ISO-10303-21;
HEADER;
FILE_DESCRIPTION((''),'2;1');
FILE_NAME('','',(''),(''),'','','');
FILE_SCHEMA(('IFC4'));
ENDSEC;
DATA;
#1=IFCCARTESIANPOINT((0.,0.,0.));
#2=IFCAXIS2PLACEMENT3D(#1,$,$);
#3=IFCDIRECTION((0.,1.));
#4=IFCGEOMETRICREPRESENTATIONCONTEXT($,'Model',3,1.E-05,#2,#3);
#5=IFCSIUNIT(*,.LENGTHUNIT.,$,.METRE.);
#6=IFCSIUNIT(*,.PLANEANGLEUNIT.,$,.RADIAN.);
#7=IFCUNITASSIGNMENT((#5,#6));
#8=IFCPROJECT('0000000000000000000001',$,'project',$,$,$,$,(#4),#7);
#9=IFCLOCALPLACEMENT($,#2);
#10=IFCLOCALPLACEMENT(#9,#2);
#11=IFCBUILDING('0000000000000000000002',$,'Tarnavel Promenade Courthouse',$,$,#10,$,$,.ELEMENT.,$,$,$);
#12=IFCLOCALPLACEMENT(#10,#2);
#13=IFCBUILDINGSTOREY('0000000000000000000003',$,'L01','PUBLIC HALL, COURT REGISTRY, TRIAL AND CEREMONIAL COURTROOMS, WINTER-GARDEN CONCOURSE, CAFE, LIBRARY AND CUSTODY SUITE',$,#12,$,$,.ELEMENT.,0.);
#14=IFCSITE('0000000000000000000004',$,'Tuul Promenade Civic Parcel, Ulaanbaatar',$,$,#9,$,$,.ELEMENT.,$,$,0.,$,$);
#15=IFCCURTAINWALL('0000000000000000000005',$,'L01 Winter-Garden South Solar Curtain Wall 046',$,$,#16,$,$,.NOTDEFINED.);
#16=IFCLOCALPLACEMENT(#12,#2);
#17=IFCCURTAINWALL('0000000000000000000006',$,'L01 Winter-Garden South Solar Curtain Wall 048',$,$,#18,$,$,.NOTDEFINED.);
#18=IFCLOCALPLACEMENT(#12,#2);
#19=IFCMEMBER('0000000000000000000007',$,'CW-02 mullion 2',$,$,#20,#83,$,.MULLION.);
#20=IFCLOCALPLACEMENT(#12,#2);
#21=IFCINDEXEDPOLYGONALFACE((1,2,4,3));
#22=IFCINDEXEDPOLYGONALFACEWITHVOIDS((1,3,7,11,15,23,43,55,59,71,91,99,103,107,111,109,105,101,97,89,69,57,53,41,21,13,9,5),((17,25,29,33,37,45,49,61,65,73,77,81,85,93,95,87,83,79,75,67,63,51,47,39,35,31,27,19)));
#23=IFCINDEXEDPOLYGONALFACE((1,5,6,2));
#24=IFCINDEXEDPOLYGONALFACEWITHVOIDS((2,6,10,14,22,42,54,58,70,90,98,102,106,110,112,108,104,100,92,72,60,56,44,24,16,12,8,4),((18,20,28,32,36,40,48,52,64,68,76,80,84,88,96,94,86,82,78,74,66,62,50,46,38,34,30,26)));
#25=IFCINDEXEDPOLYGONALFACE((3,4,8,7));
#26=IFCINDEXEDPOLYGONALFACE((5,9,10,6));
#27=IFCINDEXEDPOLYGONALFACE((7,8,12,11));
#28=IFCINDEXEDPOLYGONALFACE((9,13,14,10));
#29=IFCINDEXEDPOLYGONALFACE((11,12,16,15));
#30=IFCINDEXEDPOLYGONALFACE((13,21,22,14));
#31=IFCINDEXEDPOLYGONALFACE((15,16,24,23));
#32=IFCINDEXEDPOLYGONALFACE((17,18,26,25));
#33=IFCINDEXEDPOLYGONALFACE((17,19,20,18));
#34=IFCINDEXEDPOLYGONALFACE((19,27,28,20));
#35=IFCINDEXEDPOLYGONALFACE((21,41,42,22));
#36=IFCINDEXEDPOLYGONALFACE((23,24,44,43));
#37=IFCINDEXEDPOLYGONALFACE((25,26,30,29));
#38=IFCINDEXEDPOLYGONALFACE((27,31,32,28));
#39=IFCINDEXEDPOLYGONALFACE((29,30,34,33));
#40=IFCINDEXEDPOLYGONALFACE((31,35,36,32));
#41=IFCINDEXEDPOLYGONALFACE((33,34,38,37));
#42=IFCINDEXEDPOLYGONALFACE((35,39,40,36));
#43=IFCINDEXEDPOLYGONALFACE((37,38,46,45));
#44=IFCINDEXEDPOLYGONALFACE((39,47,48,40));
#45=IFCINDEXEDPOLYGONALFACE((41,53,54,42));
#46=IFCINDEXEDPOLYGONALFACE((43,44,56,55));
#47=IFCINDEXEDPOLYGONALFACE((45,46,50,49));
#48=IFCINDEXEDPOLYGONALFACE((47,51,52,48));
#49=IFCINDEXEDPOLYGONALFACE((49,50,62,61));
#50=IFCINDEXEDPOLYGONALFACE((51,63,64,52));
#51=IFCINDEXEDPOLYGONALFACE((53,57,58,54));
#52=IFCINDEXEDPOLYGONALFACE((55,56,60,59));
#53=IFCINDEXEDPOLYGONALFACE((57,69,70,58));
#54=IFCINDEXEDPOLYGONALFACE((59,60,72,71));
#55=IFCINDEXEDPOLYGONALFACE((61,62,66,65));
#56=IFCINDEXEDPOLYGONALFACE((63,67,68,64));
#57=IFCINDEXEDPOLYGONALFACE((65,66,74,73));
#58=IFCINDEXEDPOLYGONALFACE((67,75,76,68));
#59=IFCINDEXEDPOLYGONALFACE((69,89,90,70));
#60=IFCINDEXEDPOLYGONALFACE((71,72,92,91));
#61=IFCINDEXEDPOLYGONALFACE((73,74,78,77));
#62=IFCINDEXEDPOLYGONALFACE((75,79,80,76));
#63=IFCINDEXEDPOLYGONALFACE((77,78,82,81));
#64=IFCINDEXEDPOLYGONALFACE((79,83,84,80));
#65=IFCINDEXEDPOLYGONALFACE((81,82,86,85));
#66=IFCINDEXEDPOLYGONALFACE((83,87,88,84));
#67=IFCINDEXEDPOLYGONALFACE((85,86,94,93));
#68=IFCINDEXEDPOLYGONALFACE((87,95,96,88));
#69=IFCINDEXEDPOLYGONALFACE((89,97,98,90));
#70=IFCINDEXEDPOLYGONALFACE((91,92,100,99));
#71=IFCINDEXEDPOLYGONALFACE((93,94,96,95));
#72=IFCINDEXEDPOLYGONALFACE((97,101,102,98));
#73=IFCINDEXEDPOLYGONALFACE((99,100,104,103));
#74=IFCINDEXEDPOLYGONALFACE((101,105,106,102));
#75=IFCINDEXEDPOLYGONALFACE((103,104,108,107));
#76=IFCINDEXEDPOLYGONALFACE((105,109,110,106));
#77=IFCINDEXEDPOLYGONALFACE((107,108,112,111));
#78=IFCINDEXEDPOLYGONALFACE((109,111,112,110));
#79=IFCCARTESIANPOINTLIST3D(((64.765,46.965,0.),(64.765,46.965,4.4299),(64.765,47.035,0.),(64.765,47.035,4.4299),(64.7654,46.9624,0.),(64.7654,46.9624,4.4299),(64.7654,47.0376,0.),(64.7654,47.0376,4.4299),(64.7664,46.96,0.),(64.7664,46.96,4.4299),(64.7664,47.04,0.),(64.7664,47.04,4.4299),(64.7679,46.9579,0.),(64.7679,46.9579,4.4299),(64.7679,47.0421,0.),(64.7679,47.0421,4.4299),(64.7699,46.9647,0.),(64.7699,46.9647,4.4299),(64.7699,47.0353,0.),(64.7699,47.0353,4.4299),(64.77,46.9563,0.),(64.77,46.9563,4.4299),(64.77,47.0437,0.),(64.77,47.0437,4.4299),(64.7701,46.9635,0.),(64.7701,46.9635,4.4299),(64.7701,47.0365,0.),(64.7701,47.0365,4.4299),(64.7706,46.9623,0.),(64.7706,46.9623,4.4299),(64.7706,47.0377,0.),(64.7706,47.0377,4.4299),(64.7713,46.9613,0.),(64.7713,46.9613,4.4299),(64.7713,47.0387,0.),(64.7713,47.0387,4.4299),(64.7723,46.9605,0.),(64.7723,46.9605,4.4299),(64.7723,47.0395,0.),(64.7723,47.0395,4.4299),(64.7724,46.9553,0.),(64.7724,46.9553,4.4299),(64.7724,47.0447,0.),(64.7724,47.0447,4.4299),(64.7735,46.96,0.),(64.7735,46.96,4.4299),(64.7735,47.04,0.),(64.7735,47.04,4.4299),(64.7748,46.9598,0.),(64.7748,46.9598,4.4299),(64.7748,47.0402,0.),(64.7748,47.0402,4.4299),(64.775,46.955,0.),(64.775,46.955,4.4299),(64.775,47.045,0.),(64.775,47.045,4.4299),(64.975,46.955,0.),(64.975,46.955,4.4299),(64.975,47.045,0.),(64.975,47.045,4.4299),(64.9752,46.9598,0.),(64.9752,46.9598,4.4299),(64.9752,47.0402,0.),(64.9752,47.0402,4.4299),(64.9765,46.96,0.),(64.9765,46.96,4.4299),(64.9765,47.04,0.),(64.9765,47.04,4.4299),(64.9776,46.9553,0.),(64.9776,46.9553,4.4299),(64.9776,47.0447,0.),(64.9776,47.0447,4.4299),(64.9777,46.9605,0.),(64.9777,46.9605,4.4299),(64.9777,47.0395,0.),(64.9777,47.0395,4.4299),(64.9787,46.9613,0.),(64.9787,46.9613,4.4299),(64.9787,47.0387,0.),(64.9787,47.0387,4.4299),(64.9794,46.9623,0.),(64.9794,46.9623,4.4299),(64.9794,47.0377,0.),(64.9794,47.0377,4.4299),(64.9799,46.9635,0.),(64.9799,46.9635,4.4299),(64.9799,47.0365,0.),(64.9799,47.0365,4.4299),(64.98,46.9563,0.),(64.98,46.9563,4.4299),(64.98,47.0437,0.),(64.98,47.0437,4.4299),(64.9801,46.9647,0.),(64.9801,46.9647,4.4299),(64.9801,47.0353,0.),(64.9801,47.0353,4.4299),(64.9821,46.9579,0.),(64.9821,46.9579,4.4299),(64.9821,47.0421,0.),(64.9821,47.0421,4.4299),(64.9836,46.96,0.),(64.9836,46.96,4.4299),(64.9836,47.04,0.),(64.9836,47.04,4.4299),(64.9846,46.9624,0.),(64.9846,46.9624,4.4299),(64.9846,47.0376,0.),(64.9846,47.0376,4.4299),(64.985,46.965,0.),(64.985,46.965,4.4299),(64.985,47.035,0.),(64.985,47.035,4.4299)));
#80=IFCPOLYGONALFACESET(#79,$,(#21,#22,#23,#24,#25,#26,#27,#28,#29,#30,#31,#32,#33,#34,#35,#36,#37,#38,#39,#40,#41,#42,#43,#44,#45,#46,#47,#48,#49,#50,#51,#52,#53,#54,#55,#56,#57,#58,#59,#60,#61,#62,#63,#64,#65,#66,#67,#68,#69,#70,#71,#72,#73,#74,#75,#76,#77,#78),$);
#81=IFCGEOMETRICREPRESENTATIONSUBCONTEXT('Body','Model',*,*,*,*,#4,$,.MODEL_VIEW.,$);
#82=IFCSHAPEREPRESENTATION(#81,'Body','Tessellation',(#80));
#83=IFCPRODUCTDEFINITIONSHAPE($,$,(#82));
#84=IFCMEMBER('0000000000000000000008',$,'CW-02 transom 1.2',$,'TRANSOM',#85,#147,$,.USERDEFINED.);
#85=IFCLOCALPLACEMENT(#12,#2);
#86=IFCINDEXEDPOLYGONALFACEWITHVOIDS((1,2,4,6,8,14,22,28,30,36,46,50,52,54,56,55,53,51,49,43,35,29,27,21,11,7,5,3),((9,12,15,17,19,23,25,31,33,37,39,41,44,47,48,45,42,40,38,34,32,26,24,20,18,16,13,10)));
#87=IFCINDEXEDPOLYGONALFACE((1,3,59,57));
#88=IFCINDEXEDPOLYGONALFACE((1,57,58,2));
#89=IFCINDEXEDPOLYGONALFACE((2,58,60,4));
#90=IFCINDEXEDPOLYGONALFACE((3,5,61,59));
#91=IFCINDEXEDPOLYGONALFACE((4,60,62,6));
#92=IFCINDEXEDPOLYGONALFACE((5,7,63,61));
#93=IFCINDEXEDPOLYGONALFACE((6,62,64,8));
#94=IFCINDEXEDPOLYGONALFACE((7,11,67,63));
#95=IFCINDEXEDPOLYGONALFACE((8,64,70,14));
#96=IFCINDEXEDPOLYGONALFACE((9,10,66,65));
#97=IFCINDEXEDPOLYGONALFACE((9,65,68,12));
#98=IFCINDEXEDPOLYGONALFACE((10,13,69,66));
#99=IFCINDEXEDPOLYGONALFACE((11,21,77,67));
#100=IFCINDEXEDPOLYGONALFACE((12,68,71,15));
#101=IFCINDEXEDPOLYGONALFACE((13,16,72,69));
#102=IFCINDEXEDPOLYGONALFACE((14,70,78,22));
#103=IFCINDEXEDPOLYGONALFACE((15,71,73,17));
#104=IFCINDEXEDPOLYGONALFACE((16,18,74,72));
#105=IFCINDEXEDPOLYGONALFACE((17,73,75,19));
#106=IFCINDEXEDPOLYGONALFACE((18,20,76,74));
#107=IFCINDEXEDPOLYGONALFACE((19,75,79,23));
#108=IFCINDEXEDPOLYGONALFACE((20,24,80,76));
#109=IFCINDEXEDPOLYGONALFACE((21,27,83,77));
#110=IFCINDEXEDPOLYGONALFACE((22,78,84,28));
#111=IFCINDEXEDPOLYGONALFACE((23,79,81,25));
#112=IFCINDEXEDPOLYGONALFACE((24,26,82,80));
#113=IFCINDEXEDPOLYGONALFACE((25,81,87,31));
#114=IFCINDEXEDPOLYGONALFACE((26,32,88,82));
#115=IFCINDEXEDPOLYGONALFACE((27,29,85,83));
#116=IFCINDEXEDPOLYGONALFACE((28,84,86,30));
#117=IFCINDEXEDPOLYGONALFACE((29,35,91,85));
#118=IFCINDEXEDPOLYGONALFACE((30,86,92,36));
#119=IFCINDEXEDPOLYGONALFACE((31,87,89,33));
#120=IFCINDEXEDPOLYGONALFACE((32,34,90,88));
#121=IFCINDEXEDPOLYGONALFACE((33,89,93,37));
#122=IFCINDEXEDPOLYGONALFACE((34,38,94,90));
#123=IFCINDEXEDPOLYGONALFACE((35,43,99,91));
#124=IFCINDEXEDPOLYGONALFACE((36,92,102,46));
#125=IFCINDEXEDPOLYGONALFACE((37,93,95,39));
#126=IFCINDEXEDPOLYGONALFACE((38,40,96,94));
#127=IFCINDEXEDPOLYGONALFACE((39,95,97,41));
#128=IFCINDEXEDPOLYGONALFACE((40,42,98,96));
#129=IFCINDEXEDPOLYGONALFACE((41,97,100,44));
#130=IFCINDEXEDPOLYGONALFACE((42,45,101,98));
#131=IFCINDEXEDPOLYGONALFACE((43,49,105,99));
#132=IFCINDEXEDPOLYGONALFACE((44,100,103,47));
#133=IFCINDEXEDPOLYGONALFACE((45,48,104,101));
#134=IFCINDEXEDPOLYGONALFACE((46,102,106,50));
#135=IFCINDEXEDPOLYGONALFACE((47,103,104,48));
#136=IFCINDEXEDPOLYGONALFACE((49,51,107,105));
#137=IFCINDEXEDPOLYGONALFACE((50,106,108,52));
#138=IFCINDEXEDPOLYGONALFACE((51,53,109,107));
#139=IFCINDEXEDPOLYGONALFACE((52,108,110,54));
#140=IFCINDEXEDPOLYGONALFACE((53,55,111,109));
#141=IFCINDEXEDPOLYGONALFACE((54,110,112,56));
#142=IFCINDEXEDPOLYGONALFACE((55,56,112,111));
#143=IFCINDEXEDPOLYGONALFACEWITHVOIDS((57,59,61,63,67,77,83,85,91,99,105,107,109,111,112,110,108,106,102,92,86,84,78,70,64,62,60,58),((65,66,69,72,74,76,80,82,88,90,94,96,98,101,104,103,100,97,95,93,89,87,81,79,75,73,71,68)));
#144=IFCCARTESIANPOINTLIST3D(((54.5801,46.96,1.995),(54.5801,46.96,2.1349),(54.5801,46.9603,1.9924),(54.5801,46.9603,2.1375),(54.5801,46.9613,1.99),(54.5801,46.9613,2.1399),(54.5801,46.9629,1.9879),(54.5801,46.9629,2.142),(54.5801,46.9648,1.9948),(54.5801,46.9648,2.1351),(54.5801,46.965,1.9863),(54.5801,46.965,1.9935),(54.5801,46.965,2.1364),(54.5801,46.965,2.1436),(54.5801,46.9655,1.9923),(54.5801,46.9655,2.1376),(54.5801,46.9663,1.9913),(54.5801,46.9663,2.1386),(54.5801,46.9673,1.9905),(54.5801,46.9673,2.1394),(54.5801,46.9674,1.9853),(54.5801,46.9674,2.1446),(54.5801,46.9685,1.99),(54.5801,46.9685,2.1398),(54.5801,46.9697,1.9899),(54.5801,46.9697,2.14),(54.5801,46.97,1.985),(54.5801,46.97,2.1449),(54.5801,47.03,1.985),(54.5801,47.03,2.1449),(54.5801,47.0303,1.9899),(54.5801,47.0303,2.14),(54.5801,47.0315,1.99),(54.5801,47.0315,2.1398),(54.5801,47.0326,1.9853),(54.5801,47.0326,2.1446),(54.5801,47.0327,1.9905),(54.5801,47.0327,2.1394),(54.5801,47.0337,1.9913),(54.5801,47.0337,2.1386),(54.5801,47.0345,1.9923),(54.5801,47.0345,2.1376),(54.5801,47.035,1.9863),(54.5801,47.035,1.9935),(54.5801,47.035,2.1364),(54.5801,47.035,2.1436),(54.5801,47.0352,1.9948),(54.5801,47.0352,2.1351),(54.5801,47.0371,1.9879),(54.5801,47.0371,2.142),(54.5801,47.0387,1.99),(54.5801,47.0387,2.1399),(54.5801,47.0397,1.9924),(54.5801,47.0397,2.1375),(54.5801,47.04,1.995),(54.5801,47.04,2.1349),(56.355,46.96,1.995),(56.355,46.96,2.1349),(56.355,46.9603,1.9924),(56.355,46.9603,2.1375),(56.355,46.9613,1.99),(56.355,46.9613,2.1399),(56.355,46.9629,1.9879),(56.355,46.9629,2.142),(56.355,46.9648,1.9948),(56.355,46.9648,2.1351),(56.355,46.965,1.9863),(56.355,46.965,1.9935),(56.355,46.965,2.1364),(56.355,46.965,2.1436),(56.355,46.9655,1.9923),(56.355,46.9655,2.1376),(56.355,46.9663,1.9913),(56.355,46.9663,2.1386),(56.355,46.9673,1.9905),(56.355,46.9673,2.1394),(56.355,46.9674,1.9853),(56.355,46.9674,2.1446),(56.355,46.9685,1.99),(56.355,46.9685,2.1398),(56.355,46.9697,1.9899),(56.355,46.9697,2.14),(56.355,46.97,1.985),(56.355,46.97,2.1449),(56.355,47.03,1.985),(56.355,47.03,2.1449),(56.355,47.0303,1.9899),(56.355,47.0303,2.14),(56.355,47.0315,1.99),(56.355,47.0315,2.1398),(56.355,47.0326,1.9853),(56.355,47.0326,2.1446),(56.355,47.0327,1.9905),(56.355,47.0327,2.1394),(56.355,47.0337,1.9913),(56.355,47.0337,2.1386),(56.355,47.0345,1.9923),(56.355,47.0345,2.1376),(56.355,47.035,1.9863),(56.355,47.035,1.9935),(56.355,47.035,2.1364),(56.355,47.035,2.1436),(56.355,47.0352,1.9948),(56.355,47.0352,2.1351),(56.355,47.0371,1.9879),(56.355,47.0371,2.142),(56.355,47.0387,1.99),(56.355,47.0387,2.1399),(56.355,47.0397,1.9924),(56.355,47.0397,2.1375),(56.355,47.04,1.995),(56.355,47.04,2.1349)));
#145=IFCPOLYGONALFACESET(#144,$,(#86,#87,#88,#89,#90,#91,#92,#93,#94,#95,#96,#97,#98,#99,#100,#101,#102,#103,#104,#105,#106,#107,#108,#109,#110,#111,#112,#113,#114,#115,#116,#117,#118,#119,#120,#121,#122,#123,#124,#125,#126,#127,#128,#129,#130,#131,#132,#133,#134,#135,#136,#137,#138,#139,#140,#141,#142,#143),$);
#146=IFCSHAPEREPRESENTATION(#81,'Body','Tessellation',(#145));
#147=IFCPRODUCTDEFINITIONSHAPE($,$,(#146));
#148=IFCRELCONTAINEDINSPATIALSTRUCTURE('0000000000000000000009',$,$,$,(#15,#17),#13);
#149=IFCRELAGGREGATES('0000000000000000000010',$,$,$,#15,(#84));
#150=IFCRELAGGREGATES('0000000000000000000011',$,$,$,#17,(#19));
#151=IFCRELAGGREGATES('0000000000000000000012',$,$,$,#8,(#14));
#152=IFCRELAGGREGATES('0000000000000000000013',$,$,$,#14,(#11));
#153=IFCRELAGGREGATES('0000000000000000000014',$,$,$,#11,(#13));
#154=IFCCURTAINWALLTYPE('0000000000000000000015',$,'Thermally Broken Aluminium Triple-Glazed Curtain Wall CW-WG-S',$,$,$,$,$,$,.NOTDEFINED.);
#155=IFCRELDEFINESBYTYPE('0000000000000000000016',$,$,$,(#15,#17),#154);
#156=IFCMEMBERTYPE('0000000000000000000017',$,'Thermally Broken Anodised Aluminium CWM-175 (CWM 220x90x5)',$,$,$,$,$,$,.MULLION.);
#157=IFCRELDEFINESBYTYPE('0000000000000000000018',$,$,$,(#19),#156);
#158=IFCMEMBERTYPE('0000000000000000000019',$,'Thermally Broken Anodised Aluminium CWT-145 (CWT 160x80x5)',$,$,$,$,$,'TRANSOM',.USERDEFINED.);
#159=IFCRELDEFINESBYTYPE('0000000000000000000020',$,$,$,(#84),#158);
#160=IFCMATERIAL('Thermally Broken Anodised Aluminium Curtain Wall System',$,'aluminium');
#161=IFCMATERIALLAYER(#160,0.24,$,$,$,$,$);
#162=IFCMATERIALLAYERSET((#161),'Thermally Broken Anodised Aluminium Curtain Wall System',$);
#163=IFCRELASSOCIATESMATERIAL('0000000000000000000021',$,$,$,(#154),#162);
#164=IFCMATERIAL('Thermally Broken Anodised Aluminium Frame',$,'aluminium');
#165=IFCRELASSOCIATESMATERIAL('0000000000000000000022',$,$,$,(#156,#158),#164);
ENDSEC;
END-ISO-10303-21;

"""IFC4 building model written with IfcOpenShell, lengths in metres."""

from ifc_helpers import new_model, si_unit, direction, frame, origin, origin_2d, place, context, subcontext, project, spatial, hollow_rectangle, extrude, material, layer, layer_set, material_profile, profile_set, type_object, element, aggregate, save


model = new_model("IFC4")

# Units and contexts
model_context = context("Model", 3, precision=1e-05, world=origin(), true_north=direction((0.0, 1.0)))
body_context = subcontext(model_context, "Body", "Model", "MODEL_VIEW")
ifc_project = project(units=[si_unit("LENGTHUNIT", "METRE"), si_unit("PLANEANGLEUNIT", "RADIAN")], contexts=[model_context])

# Site, building, storey
site_placement = place(None, origin())
site = spatial("IfcSite", under=ifc_project, at=site_placement, Name="Tuul Promenade Civic Parcel, Ulaanbaatar", CompositionType="ELEMENT", RefElevation=0.0)
building_placement = place(site_placement, origin())
building = spatial("IfcBuilding", under=site, at=building_placement, Name="Tarnavel Promenade Courthouse", CompositionType="ELEMENT")
storey_placement = place(building_placement, origin())
storey = spatial("IfcBuildingStorey", under=building, at=storey_placement, Name="L01", Description="PUBLIC HALL, COURT REGISTRY, TRIAL AND CEREMONIAL COURTROOMS, WINTER-GARDEN CONCOURSE, CAFE, LIBRARY AND CUSTODY SUITE", CompositionType="ELEMENT", Elevation=0.0)

# Curtain walls, member
ifc_material_1 = material(Name="Thermally Broken Anodised Aluminium Curtain Wall System", Category="aluminium")
ifc_layer_1 = layer(ifc_material_1, 0.24)
ifc_layer_set_1 = layer_set([ifc_layer_1], Name="Thermally Broken Anodised Aluminium Curtain Wall System")
curtain_wall_type = type_object("IfcCurtainWallType", Name="Thermally Broken Aluminium Triple-Glazed Curtain Wall CW-WG-S", PredefinedType="NOTDEFINED", material=ifc_layer_set_1)
curtain_wall_1_placement = place(storey_placement, origin())
curtain_wall_1 = element("IfcCurtainWall", 1, at=curtain_wall_1_placement, inside=storey, type_object=curtain_wall_type, Name="L01 Winter-Garden South Solar Curtain Wall 046", PredefinedType="NOTDEFINED")
ifc_material_2 = material(Name="Thermally Broken Anodised Aluminium Frame", Category="aluminium")
ifc_material_profile_1 = material_profile(ifc_material_2, hollow_rectangle(XDim=0.0901, YDim=0.22, WallThickness=0.0049, InnerFilletRadius=0.0049, OuterFilletRadius=0.01, at=origin_2d()), Name="CWM 220x90x5")
ifc_profile_set_1 = profile_set([ifc_material_profile_1], Name="Thermally Broken Anodised Aluminium Frame")
member_type_1 = type_object("IfcMemberType", Name="Thermally Broken Anodised Aluminium CWM-175 (CWM 220x90x5)", PredefinedType="MULLION", material=ifc_profile_set_1)
curtain_wall_2_placement = place(storey_placement, origin())
curtain_wall_2 = element("IfcCurtainWall", 2, at=curtain_wall_2_placement, inside=storey, type_object=curtain_wall_type, Name="L01 Winter-Garden South Solar Curtain Wall 048", PredefinedType="NOTDEFINED")
member_1_placement = place(storey_placement, frame((64.875, 47.0, 0.0), z_axis=(0.0, 0.0, 1.0), x_axis=(0.0, 1.0, 0.0)))
member_1 = element("IfcMember", 3, at=member_1_placement, type_object=member_type_1, Name="CW-02 mullion 2", PredefinedType="MULLION", context=body_context, shape_type="SweptSolid", body=[
    extrude(hollow_rectangle(XDim=0.0901, YDim=0.22, WallThickness=0.0049, InnerFilletRadius=0.0049, OuterFilletRadius=0.01, at=origin_2d()), origin(), (0.0, 0.0, 1.0), 4.4299),
])

# Member
ifc_material_profile_2 = material_profile(ifc_material_2, hollow_rectangle(XDim=0.0801, YDim=0.1599, WallThickness=0.0049, InnerFilletRadius=0.0049, OuterFilletRadius=0.01, at=origin_2d()), Name="CWT 160x80x5")
ifc_profile_set_2 = profile_set([ifc_material_profile_2], Name="Thermally Broken Anodised Aluminium Frame")
member_type_2 = type_object("IfcMemberType", Name="Thermally Broken Anodised Aluminium CWT-145 (CWT 160x80x5)", ElementType="TRANSOM", PredefinedType="USERDEFINED", material=ifc_profile_set_2)
member_2_placement = place(storey_placement, frame((54.5801, 47.0, 2.0649), z_axis=(1.0, 0.0, 0.0), x_axis=(0.0, 1.0, 0.0)))
member_2 = element("IfcMember", 4, at=member_2_placement, type_object=member_type_2, Name="CW-02 transom 1.2", ObjectType="TRANSOM", PredefinedType="USERDEFINED", context=body_context, shape_type="SweptSolid", body=[
    extrude(hollow_rectangle(XDim=0.0801, YDim=0.1599, WallThickness=0.0049, InnerFilletRadius=0.0049, OuterFilletRadius=0.01, at=origin_2d()), origin(), (0.0, 0.0, 1.0), 1.7749),
])

aggregate(curtain_wall_1, [member_2])
aggregate(curtain_wall_2, [member_1])

save(model, "model.ifc")
